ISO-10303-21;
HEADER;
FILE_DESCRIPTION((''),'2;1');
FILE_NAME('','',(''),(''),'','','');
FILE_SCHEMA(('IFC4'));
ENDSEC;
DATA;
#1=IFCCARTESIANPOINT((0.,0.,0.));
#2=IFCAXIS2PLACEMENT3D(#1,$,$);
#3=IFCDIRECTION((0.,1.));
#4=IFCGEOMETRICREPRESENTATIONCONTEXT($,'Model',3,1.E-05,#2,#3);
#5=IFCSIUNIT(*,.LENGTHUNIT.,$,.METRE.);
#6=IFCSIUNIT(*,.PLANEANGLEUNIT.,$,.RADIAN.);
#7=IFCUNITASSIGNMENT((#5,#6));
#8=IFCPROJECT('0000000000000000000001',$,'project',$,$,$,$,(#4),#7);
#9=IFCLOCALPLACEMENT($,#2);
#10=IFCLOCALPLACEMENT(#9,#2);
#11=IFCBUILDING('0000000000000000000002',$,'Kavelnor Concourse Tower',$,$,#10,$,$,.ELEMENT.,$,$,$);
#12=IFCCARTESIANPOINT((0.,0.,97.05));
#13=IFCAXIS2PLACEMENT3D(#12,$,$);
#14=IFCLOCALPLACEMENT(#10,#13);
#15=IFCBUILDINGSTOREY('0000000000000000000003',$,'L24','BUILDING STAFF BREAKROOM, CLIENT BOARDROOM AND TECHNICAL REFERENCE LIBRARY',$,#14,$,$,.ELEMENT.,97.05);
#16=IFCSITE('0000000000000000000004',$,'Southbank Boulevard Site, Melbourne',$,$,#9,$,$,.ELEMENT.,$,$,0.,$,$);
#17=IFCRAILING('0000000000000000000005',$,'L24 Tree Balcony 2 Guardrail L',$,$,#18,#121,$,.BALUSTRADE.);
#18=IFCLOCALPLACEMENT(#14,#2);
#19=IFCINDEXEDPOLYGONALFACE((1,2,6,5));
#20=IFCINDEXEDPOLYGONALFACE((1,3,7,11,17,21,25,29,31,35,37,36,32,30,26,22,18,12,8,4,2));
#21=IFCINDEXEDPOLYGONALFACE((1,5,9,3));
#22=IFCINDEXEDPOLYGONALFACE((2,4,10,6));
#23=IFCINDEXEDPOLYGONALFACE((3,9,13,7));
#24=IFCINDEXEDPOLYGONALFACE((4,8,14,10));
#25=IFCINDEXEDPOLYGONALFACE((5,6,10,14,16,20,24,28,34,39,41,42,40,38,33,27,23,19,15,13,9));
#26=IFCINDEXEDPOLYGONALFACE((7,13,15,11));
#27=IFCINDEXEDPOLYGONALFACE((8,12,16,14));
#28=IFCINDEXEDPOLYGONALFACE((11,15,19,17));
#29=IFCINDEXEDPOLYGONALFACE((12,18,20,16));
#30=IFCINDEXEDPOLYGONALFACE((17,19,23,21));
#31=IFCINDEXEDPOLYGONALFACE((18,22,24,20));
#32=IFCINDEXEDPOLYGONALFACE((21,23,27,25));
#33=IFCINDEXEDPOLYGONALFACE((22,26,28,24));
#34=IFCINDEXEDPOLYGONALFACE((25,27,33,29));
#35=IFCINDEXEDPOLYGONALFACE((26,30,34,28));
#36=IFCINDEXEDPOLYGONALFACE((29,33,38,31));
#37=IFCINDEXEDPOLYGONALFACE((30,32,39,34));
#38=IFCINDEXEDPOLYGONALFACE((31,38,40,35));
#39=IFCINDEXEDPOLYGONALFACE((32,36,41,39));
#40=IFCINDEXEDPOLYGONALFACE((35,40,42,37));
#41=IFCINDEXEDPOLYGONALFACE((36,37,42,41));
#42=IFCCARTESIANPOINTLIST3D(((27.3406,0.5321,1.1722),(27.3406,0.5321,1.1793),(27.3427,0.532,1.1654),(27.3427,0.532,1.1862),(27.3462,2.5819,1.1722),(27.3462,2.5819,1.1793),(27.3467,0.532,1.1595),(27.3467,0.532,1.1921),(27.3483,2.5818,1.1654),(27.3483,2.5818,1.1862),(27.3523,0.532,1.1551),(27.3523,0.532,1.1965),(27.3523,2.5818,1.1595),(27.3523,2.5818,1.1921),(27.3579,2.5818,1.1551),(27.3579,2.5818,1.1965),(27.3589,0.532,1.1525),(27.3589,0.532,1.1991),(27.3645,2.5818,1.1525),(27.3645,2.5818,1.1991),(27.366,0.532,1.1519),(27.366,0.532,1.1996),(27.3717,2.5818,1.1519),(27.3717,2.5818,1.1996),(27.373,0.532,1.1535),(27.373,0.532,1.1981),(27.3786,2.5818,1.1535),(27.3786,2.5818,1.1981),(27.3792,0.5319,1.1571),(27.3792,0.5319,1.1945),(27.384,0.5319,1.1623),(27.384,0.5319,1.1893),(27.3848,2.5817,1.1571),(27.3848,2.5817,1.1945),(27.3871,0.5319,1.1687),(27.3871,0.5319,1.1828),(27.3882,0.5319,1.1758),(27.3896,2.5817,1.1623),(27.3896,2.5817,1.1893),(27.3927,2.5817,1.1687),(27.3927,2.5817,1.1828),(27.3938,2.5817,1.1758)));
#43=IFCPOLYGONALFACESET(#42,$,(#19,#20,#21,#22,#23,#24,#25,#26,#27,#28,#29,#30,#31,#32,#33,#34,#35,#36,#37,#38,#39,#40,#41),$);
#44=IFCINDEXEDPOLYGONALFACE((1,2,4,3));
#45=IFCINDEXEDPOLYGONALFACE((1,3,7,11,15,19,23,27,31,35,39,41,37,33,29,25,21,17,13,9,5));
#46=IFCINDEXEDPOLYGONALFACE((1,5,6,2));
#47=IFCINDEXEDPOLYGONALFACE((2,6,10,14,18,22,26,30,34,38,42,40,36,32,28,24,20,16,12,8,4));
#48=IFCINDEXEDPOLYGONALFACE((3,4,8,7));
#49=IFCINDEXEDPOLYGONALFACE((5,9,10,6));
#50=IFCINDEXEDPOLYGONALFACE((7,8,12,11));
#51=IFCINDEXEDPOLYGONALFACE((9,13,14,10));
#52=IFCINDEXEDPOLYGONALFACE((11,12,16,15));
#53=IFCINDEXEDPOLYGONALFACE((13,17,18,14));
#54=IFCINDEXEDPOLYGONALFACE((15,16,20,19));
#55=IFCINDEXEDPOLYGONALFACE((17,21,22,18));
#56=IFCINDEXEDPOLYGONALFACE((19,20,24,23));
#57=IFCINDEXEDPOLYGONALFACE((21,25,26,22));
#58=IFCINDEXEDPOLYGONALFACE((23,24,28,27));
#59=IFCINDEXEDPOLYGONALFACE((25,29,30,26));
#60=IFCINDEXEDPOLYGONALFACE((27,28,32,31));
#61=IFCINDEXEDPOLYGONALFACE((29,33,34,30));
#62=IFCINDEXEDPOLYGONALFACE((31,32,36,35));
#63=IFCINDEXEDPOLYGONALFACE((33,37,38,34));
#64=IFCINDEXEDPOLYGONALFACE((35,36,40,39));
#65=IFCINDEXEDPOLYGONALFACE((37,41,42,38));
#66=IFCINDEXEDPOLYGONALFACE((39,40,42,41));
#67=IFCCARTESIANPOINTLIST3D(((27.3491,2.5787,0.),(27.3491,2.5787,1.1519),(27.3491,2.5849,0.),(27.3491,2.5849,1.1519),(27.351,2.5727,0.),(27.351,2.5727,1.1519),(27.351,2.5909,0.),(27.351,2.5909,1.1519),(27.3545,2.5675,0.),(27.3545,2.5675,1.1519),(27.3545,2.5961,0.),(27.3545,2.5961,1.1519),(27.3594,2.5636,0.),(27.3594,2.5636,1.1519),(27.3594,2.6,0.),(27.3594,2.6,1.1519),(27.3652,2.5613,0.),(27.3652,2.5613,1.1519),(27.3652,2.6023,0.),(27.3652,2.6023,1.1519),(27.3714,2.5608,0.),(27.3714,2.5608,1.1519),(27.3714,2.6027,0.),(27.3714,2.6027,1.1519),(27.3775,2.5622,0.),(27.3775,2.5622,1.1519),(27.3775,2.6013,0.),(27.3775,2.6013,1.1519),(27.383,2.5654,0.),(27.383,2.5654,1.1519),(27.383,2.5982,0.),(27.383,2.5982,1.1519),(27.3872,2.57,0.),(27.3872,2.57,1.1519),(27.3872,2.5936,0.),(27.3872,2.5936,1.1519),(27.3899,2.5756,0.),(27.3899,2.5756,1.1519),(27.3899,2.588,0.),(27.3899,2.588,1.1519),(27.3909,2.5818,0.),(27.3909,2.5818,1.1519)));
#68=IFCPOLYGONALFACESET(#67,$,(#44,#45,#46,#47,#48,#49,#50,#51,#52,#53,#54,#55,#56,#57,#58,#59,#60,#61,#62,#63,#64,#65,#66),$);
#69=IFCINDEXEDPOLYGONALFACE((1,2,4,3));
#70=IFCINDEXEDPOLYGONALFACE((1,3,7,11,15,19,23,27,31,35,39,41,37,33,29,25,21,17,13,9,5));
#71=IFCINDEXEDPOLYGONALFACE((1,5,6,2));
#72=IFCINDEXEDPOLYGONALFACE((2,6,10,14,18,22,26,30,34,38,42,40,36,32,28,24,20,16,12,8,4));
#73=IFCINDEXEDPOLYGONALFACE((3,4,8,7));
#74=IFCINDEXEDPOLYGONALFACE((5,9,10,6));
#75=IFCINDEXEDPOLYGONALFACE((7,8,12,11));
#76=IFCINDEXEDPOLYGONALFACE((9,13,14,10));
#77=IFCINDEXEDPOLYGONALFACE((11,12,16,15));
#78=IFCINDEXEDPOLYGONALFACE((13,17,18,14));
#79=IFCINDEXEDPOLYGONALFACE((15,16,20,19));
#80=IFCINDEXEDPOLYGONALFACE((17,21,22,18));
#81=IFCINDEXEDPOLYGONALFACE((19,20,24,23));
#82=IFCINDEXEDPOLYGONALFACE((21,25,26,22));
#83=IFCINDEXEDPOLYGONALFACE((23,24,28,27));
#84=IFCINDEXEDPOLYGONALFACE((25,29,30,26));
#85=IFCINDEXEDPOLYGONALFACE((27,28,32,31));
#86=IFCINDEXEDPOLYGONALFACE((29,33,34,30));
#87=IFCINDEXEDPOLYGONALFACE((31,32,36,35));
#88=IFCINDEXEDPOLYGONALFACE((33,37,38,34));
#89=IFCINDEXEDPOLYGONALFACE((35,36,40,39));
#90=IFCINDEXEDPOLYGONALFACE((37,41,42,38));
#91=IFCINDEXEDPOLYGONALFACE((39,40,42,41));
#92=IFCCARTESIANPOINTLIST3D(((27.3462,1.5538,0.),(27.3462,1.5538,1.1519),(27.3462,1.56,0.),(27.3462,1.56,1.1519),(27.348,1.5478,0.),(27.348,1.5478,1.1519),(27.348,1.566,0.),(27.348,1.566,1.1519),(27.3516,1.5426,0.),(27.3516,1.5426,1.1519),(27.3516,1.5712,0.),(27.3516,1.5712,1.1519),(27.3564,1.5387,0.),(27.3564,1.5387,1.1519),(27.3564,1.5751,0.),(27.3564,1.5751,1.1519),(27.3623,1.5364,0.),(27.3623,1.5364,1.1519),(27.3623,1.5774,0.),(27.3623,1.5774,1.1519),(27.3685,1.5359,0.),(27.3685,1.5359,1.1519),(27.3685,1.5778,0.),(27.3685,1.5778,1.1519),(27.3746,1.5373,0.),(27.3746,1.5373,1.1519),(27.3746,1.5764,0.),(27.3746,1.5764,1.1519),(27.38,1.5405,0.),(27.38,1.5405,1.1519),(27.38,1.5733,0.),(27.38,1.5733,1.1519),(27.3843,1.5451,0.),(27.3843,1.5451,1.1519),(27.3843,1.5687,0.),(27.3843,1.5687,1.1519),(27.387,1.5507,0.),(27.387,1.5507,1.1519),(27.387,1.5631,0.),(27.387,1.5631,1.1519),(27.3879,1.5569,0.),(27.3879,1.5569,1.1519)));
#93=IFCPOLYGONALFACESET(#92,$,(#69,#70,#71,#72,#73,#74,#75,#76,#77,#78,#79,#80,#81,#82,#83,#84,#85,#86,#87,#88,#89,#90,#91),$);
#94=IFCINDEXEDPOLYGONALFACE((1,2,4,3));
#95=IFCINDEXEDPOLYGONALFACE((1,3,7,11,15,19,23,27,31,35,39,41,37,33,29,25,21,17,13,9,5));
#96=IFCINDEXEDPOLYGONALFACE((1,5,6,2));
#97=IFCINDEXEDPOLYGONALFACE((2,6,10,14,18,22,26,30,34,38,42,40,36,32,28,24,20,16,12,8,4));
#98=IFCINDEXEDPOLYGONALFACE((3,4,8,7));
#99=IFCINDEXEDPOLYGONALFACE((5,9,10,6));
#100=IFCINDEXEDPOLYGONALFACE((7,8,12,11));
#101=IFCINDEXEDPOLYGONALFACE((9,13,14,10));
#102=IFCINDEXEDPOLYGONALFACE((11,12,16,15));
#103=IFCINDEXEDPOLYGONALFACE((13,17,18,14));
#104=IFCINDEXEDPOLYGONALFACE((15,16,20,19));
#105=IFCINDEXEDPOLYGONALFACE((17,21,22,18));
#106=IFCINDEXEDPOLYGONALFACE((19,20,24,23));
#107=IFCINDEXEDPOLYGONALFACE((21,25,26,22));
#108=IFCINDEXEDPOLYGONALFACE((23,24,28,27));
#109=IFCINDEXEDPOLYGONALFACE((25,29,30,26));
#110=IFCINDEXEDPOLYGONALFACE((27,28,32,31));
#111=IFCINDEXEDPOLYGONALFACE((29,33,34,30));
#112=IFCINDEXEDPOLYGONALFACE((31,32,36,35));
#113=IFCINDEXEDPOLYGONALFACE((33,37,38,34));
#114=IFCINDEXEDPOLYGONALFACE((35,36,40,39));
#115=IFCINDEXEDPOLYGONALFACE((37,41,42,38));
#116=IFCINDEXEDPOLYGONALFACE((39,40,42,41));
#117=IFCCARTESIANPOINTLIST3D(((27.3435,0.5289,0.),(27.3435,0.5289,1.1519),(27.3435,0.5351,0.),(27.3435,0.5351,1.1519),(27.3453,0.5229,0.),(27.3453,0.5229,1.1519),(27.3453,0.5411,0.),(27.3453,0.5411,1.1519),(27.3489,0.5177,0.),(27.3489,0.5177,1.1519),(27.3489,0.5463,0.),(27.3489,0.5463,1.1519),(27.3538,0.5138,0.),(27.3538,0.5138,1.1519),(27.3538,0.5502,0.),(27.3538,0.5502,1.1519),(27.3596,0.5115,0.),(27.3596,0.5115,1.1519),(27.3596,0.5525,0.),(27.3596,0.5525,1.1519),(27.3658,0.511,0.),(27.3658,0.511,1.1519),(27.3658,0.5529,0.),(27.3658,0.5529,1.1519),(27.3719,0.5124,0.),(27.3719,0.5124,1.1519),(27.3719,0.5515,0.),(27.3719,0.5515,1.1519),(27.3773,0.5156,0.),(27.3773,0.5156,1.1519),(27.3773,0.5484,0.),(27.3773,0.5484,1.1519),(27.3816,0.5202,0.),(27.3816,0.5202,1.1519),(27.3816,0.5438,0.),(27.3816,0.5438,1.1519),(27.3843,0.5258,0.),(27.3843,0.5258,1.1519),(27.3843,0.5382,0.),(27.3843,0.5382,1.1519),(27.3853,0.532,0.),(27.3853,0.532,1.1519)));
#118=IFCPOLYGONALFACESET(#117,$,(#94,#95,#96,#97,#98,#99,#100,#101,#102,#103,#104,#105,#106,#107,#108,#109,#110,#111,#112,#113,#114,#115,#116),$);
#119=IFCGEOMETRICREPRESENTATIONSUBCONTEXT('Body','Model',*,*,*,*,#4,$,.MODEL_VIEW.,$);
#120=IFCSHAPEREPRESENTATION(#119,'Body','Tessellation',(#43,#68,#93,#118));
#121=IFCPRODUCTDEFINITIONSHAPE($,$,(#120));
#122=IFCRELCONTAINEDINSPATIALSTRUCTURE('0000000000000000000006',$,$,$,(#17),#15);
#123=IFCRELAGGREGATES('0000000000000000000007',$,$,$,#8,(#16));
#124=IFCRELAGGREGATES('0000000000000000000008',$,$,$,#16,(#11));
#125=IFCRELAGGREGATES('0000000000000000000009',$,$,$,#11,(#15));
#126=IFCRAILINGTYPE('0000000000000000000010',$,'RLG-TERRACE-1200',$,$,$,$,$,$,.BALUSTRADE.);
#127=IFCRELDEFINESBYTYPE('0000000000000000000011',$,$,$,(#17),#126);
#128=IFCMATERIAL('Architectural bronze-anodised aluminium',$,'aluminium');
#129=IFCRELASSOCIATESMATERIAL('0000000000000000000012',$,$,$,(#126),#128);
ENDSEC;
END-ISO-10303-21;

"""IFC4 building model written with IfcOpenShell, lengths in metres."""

from ifc_helpers import new_model, si_unit, direction, frame, origin, origin_2d, place, context, subcontext, project, spatial, circle, extrude, material, type_object, element, save


model = new_model("IFC4")

# Units and contexts
model_context = context("Model", 3, precision=1e-05, world=origin(), true_north=direction((0.0, 1.0)))
body_context = subcontext(model_context, "Body", "Model", "MODEL_VIEW")
ifc_project = project(units=[si_unit("LENGTHUNIT", "METRE"), si_unit("PLANEANGLEUNIT", "RADIAN")], contexts=[model_context])

# Site, building, storey
site_placement = place(None, origin())
site = spatial("IfcSite", under=ifc_project, at=site_placement, Name="Southbank Boulevard Site, Melbourne", CompositionType="ELEMENT", RefElevation=0.0)
building_placement = place(site_placement, origin())
building = spatial("IfcBuilding", under=site, at=building_placement, Name="Kavelnor Concourse Tower", CompositionType="ELEMENT")
storey_placement = place(building_placement, frame((0.0, 0.0, 97.05)))
storey = spatial("IfcBuildingStorey", under=building, at=storey_placement, Name="L24", Description="BUILDING STAFF BREAKROOM, CLIENT BOARDROOM AND TECHNICAL REFERENCE LIBRARY", CompositionType="ELEMENT", Elevation=97.05)

# Railing
ifc_material_1 = material(Name="Architectural bronze-anodised aluminium", Category="aluminium")
railing_type_1 = type_object("IfcRailingType", Name="RLG-TERRACE-1200", PredefinedType="BALUSTRADE", material=ifc_material_1)
railing_1_placement = place(storey_placement, frame((27.3699, 2.5818, 0.0)))
element("IfcRailing", 1, at=railing_1_placement, inside=storey, type_object=railing_type_1, Name="L24 Tree Balcony 2 Guardrail L", PredefinedType="BALUSTRADE", context=body_context, shape_type="SweptSolid", body=[
    extrude(circle(Radius=0.0239, at=origin_2d()), frame((0.0, 0.0, 1.1758), z_axis=(-0.002739, -0.999996, 0.0), x_axis=(0.999996, -0.002739, 0.0)), (0.0, 0.0, 1.0), 2.0498),
    extrude(circle(Radius=0.021, at=origin_2d()), origin(), (0.0, 0.0, 1.0), 1.1519),
    extrude(circle(Radius=0.021, at=origin_2d()), frame((-0.0029, -1.0249, 0.0)), (0.0, 0.0, 1.0), 1.1519),
    extrude(circle(Radius=0.021, at=origin_2d()), frame((-0.0056, -2.0498, 0.0)), (0.0, 0.0, 1.0), 1.1519),
])

save(model, "model.ifc")
